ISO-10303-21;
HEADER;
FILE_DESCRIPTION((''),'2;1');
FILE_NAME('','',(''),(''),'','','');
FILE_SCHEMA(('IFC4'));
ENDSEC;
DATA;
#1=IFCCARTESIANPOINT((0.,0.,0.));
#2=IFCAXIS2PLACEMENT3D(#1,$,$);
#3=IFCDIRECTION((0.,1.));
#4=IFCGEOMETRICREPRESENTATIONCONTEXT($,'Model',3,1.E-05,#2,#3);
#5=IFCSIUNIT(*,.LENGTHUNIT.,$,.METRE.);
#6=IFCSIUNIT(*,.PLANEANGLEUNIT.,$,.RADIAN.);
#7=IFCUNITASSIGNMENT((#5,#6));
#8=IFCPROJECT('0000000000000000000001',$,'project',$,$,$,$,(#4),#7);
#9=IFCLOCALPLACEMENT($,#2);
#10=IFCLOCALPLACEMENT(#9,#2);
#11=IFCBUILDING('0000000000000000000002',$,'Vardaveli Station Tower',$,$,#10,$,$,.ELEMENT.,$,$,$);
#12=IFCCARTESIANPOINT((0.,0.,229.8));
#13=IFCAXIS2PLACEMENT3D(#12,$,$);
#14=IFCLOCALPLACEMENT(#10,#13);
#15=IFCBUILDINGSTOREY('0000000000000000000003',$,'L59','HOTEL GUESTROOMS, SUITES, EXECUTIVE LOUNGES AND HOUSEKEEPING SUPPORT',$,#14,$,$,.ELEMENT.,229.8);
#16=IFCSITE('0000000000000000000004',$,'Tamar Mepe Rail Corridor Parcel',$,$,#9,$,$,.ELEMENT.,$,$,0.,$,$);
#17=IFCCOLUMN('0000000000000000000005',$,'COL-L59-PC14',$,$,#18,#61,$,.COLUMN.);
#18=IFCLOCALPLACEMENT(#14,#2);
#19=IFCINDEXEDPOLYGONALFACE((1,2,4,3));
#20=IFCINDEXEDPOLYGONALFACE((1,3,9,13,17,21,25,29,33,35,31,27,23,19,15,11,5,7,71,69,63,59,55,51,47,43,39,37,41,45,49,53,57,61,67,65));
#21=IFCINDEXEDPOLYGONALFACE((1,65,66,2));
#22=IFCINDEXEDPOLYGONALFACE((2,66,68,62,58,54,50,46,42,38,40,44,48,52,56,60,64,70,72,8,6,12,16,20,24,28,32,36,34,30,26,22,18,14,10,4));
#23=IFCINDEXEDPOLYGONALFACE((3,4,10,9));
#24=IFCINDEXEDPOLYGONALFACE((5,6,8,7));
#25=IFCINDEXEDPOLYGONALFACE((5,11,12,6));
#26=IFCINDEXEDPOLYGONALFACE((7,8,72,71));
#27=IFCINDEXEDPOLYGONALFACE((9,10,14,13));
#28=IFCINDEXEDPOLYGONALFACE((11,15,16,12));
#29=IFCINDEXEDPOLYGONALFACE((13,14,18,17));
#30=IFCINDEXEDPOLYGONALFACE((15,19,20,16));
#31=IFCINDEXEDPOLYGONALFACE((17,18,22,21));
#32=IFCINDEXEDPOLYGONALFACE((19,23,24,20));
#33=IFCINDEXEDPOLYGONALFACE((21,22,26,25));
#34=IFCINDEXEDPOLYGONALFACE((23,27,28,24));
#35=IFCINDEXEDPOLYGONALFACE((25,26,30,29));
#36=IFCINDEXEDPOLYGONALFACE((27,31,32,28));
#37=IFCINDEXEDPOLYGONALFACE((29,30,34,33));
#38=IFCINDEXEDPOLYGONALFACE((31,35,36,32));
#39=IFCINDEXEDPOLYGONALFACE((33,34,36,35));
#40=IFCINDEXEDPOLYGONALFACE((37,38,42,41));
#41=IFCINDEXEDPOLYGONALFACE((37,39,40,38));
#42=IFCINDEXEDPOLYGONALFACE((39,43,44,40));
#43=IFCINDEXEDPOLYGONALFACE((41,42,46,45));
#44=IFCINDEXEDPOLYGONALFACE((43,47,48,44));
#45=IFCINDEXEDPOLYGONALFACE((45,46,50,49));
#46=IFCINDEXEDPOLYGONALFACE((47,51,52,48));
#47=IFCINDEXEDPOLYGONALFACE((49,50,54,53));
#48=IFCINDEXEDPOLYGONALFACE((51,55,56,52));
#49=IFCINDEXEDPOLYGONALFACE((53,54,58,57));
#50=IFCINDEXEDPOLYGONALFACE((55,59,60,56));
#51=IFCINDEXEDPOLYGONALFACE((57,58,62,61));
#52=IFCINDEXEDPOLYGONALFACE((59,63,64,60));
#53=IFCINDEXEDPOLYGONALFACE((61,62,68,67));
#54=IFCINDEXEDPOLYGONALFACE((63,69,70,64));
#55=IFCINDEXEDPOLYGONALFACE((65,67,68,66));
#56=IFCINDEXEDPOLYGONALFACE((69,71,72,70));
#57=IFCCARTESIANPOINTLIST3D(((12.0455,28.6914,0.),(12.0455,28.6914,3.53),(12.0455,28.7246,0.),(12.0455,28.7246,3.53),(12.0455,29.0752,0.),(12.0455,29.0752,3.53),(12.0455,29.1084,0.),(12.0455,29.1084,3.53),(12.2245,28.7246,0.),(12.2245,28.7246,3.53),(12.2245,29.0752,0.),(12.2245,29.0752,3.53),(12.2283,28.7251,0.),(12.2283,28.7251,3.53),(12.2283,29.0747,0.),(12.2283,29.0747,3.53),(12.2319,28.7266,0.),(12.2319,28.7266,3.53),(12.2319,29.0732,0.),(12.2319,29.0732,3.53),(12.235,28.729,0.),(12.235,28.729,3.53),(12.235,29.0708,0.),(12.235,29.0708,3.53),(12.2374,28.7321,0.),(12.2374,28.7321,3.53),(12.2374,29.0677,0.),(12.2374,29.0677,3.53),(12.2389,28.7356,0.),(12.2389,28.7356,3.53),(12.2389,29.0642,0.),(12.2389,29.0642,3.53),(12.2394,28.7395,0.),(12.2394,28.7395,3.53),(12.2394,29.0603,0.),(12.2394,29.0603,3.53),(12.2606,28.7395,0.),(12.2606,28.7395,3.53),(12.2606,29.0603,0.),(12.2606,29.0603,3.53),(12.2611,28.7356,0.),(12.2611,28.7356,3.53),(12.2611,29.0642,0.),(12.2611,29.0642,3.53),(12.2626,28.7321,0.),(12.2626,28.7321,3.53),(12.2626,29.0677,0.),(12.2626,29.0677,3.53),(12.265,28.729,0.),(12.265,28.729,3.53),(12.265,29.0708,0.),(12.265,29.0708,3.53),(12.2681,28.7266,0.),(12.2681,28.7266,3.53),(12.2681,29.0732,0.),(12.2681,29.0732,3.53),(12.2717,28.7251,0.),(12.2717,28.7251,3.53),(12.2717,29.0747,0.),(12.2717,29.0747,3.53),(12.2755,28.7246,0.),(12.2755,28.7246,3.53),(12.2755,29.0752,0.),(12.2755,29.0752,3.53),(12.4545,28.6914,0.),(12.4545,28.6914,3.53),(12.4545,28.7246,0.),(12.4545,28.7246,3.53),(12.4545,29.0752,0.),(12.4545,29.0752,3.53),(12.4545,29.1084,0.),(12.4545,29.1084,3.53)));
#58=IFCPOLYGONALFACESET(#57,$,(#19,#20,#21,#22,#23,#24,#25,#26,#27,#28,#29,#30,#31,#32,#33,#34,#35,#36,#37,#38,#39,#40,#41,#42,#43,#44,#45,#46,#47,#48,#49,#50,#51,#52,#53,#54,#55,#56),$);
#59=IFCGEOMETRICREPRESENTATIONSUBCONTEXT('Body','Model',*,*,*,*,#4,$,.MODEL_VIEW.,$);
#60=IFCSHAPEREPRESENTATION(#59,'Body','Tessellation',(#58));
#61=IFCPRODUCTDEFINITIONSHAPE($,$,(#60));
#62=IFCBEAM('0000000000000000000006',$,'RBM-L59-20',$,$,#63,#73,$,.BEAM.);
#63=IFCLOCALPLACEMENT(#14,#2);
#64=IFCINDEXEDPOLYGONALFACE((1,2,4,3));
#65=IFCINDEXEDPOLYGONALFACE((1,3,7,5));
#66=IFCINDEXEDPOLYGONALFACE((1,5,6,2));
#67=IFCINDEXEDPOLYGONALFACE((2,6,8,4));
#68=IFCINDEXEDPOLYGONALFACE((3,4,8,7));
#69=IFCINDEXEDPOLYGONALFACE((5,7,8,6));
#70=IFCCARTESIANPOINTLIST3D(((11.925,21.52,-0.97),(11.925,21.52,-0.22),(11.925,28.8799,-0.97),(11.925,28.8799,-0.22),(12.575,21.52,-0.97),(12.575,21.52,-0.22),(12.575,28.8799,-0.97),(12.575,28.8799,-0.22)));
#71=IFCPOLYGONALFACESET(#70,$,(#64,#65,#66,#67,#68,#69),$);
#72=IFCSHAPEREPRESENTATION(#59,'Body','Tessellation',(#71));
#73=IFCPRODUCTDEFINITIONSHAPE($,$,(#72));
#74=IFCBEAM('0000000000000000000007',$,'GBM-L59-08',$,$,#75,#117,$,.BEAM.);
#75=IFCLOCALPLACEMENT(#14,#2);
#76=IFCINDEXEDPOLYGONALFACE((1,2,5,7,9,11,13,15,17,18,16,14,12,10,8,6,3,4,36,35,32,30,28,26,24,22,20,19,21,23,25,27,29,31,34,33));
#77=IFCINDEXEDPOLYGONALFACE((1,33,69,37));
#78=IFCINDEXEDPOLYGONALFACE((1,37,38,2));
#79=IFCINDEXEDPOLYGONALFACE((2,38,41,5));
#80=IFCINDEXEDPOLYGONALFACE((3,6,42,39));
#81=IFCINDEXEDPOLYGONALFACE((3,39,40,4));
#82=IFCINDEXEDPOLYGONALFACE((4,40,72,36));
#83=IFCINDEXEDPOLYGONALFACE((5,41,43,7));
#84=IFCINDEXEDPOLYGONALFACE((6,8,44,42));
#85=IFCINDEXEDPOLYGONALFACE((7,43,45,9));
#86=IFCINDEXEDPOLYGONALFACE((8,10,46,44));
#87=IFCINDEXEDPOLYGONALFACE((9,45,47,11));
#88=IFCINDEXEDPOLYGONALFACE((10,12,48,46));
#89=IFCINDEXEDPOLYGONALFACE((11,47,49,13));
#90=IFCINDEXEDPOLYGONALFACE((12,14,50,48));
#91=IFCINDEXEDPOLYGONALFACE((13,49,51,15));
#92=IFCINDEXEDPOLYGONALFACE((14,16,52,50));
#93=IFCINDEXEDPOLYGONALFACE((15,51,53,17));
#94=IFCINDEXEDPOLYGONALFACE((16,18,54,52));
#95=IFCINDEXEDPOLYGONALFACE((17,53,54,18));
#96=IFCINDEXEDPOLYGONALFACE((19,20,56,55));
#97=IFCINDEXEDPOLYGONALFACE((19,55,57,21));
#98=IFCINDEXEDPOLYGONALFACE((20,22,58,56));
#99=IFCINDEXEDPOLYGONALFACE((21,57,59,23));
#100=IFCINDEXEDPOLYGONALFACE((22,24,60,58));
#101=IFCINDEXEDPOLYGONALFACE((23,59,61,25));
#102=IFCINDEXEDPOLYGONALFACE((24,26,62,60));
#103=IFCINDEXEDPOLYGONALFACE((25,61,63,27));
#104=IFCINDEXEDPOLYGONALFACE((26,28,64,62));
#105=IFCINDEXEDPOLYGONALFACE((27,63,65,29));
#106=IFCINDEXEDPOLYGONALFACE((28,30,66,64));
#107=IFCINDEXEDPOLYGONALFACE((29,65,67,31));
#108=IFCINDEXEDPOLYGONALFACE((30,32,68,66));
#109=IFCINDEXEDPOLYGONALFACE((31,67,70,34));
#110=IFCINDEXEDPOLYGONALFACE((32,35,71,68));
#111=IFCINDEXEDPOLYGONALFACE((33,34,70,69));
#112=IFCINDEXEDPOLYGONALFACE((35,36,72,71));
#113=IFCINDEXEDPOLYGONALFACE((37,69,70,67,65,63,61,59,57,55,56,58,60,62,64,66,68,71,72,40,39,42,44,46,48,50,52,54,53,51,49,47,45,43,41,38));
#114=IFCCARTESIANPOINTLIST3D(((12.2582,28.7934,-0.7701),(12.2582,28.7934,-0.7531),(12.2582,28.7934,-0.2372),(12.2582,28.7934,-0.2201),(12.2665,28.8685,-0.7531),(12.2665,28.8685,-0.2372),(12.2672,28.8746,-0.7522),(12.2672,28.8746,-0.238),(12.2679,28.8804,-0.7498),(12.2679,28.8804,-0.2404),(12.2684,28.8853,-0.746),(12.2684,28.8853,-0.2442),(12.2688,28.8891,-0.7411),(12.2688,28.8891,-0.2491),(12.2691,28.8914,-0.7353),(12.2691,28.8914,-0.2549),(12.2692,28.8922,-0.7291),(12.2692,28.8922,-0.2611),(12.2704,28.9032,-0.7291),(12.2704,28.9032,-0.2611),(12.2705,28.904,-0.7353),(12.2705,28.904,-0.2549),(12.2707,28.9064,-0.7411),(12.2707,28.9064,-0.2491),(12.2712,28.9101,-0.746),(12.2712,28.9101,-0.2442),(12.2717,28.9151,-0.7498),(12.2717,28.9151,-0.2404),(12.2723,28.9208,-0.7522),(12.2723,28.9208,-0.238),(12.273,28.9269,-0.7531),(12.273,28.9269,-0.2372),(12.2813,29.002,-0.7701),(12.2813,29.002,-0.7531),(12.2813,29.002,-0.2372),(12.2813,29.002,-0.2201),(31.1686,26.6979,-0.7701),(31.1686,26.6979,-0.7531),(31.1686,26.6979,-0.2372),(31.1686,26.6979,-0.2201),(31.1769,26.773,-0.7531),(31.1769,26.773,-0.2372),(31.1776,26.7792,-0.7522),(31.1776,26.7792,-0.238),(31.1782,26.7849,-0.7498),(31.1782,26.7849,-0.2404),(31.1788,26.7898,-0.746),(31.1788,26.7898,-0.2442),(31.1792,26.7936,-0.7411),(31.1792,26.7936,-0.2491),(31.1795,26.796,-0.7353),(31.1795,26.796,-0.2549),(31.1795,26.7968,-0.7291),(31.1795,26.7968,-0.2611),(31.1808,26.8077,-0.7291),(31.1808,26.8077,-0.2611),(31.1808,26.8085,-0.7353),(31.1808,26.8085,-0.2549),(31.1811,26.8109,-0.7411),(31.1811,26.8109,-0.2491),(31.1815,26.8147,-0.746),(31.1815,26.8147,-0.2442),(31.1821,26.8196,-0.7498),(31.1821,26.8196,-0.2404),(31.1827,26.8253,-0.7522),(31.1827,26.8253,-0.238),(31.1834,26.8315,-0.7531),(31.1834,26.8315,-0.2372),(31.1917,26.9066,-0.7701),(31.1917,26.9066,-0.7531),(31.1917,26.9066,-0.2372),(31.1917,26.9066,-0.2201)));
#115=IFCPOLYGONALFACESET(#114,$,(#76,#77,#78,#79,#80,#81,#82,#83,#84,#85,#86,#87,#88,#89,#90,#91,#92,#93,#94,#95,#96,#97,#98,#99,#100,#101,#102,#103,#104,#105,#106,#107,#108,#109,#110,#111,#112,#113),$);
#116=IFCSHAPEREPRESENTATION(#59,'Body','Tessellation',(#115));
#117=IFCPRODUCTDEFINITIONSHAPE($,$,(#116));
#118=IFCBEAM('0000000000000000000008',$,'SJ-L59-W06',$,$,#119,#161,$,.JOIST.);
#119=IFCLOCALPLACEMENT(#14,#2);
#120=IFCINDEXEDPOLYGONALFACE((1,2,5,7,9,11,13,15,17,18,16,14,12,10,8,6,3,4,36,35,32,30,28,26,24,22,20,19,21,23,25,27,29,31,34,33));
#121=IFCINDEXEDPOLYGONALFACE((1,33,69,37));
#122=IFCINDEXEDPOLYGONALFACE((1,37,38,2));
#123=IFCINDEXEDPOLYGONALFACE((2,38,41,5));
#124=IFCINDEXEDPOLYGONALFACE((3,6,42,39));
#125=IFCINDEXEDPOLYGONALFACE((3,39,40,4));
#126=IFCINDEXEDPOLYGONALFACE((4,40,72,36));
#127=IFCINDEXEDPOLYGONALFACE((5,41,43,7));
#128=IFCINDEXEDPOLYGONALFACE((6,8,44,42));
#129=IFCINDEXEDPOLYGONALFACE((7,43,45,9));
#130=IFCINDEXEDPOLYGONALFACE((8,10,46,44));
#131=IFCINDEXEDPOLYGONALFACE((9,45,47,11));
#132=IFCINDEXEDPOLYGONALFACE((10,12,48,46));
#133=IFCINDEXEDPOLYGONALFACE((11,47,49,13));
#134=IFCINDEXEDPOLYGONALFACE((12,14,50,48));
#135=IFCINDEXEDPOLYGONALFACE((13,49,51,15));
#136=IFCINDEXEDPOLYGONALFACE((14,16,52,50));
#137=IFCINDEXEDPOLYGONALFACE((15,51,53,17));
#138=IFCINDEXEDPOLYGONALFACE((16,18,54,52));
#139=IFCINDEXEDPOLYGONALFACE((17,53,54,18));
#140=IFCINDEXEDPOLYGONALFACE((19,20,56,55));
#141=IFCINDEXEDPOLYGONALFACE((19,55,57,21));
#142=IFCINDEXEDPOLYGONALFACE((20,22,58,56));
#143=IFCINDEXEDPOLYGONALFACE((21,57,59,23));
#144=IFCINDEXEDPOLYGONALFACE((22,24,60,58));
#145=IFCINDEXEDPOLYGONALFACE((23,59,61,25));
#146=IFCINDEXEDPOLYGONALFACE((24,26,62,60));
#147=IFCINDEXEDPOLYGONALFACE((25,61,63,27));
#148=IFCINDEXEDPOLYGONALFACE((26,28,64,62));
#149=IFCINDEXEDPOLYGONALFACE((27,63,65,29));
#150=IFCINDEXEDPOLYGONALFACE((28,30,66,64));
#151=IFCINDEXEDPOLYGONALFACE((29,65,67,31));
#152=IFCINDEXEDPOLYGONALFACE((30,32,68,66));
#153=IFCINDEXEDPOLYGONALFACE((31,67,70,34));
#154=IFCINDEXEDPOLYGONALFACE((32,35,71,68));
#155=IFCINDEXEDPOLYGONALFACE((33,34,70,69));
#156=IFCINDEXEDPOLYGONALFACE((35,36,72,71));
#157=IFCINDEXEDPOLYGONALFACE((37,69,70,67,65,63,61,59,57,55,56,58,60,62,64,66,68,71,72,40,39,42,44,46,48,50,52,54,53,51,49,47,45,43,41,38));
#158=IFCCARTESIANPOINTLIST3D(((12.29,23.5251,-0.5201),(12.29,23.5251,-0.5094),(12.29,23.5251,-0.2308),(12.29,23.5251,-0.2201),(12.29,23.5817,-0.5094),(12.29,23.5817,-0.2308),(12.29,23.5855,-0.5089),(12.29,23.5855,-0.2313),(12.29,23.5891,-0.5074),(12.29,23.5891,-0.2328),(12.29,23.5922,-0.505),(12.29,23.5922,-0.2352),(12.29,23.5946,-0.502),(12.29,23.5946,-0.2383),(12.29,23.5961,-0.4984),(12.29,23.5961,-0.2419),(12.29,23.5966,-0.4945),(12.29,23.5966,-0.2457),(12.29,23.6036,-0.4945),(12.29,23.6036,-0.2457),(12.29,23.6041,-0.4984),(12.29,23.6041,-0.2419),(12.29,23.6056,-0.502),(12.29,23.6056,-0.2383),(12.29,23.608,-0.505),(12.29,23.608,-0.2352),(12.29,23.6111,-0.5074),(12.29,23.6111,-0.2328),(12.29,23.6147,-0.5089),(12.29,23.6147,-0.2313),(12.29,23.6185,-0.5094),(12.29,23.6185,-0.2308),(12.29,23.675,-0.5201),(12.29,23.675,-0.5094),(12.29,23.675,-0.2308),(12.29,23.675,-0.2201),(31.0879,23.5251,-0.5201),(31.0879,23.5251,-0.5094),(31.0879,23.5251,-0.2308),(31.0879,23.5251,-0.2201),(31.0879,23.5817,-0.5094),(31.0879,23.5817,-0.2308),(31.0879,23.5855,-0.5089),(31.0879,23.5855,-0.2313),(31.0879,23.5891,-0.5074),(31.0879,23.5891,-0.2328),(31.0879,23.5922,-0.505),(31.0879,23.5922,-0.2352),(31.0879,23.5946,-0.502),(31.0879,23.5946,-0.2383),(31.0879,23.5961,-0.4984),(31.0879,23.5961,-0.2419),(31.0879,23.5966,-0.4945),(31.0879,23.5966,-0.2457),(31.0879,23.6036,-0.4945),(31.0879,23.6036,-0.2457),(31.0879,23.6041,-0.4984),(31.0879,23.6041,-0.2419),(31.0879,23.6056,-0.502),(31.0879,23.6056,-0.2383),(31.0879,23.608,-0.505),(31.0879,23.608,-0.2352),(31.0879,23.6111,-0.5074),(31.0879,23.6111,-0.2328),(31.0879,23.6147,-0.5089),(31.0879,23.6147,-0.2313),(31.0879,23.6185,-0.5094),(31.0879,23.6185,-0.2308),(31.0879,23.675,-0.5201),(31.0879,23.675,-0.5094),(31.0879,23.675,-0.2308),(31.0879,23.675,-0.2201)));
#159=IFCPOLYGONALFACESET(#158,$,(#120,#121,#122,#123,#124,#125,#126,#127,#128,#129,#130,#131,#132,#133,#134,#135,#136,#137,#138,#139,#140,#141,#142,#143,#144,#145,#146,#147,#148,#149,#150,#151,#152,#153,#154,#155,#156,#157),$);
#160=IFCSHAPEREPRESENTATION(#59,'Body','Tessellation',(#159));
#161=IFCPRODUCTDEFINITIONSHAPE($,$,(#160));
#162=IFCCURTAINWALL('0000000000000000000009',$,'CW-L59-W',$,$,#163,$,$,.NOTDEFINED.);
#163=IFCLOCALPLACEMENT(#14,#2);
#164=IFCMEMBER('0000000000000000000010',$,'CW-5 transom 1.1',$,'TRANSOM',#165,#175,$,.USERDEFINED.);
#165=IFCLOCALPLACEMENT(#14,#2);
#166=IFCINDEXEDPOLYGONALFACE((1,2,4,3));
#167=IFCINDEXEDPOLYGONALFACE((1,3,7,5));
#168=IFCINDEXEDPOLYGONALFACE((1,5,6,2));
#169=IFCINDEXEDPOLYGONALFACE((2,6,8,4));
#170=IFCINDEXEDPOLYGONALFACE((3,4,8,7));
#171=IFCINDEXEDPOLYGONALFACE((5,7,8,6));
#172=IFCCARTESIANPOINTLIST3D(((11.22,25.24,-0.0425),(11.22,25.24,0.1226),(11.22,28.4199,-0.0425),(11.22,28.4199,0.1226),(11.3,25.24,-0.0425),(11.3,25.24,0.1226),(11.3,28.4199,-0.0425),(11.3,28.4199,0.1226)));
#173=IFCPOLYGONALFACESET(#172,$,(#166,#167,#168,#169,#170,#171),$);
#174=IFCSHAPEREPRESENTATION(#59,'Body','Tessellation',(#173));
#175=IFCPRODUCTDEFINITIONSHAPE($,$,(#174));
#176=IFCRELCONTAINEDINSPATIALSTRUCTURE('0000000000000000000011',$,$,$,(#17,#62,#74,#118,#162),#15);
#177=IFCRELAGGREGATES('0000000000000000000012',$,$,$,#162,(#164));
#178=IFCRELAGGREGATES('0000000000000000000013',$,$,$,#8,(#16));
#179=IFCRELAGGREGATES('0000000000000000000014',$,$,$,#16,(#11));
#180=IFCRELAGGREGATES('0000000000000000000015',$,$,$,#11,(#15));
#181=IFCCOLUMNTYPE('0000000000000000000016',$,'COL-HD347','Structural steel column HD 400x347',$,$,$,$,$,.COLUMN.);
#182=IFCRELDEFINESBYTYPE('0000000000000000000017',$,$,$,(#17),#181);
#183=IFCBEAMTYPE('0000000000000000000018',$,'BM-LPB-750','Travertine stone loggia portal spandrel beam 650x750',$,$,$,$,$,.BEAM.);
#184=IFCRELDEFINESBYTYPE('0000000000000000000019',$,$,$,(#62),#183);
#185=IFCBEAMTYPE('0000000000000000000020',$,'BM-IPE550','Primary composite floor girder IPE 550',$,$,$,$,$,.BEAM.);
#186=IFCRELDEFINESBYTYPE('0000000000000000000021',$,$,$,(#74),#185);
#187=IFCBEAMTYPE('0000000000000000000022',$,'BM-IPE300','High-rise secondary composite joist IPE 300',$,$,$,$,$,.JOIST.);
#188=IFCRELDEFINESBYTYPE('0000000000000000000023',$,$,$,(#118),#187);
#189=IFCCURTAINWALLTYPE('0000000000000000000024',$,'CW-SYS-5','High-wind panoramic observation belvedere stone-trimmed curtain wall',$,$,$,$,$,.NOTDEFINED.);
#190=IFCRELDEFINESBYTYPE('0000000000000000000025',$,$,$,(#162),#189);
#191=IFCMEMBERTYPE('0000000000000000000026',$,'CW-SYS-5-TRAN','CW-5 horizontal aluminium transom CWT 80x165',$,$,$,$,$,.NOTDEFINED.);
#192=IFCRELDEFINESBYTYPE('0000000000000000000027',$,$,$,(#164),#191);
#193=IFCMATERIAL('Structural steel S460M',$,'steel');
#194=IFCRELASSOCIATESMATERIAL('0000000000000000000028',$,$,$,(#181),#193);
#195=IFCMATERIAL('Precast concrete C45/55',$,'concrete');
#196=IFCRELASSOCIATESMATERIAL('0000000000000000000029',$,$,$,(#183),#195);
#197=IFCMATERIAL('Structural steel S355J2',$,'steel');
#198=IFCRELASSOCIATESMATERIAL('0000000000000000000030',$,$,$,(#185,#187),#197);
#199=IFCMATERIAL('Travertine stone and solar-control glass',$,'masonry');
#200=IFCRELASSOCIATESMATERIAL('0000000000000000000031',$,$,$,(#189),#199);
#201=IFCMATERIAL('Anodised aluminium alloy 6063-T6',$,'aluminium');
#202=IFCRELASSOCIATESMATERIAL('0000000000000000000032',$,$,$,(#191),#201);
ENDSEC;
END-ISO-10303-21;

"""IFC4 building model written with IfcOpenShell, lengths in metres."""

from ifc_helpers import new_model, si_unit, direction, frame, origin, origin_2d, place, context, subcontext, project, spatial, rectangle, i_section, extrude, source, transform, mapped, material, material_profile, profile_set, type_object, element, aggregate, save


model = new_model("IFC4")

# Units and contexts
model_context = context("Model", 3, precision=1e-05, world=origin(), true_north=direction((0.0, 1.0)))
body_context = subcontext(model_context, "Body", "Model", "MODEL_VIEW")
ifc_project = project(units=[si_unit("LENGTHUNIT", "METRE"), si_unit("PLANEANGLEUNIT", "RADIAN")], contexts=[model_context])

# Site, building, storey
site_placement = place(None, origin())
site = spatial("IfcSite", under=ifc_project, at=site_placement, Name="Tamar Mepe Rail Corridor Parcel", CompositionType="ELEMENT", RefElevation=0.0)
building_placement = place(site_placement, origin())
building = spatial("IfcBuilding", under=site, at=building_placement, Name="Vardaveli Station Tower", CompositionType="ELEMENT")
storey_placement = place(building_placement, frame((0.0, 0.0, 229.8)))
storey = spatial("IfcBuildingStorey", under=building, at=storey_placement, Name="L59", Description="HOTEL GUESTROOMS, SUITES, EXECUTIVE LOUNGES AND HOUSEKEEPING SUPPORT", CompositionType="ELEMENT", Elevation=229.8)

# Column
ifc_material_1 = material(Name="Structural steel S460M", Category="steel")
ifc_material_profile_1 = material_profile(ifc_material_1, i_section(OverallWidth=0.4089, OverallDepth=0.417, WebThickness=0.0212, FlangeThickness=0.0332, FilletRadius=0.0149, at=origin_2d()), Name="HD 400x347")
ifc_profile_set_1 = profile_set([ifc_material_profile_1], Name="Structural steel S460M")
column_type = type_object("IfcColumnType", Name="COL-HD347", Description="Structural steel column HD 400x347", PredefinedType="COLUMN", material=ifc_profile_set_1)
shared_shape_1 = source(origin(), body_context, "Body", "SweptSolid", [
    extrude(i_section(OverallWidth=0.4089, OverallDepth=0.417, WebThickness=0.0212, FlangeThickness=0.0332, FilletRadius=0.0149, at=origin_2d()), origin(), (0.0, 0.0, 1.0), 3.53),
])
column_placement = place(storey_placement, frame((12.25, 28.8999, 0.0), z_axis=(0.0, 0.0, 1.0), x_axis=(1.0, 0.0, 0.0)))
element("IfcColumn", 1, at=column_placement, inside=storey, type_object=column_type, Name="COL-L59-PC14", PredefinedType="COLUMN", context=body_context, shape_type="MappedRepresentation", body=[
    mapped(shared_shape_1, transform((0.0, 0.0, 0.0), scale=1.0)),
])

# Beams
ifc_material_2 = material(Name="Precast concrete C45/55", Category="concrete")
ifc_material_profile_2 = material_profile(ifc_material_2, rectangle(XDim=0.6499, YDim=0.75, at=origin_2d()), Name="LPB 650x750")
ifc_profile_set_2 = profile_set([ifc_material_profile_2], Name="Precast concrete C45/55")
beam_type_1 = type_object("IfcBeamType", Name="BM-LPB-750", Description="Travertine stone loggia portal spandrel beam 650x750", PredefinedType="BEAM", material=ifc_profile_set_2)
shared_shape_2 = source(origin(), body_context, "Body", "SweptSolid", [
    extrude(rectangle(XDim=0.6499, YDim=0.75, at=origin_2d()), origin(), (0.0, 0.0, 1.0), 7.3599),
])
beam_1_placement = place(storey_placement, frame((12.25, 28.8799, -0.595), z_axis=(0.0, -1.0, 0.0), x_axis=(1.0, 0.0, 0.0)))
element("IfcBeam", 2, at=beam_1_placement, inside=storey, type_object=beam_type_1, Name="RBM-L59-20", PredefinedType="BEAM", context=body_context, shape_type="MappedRepresentation", body=[
    mapped(shared_shape_2, transform((0.0, 0.0, 0.0), scale=1.0)),
])
ifc_material_3 = material(Name="Structural steel S355J2", Category="steel")
ifc_material_profile_3 = material_profile(ifc_material_3, i_section(OverallWidth=0.21, OverallDepth=0.55, WebThickness=0.011, FlangeThickness=0.0171, FilletRadius=0.0239, at=origin_2d()), Name="IPE 550")
ifc_profile_set_3 = profile_set([ifc_material_profile_3], Name="Structural steel S355J2")
beam_type_2 = type_object("IfcBeamType", Name="BM-IPE550", Description="Primary composite floor girder IPE 550", PredefinedType="BEAM", material=ifc_profile_set_3)
shared_shape_3 = source(origin(), body_context, "Body", "SweptSolid", [
    extrude(i_section(OverallWidth=0.21, OverallDepth=0.55, WebThickness=0.011, FlangeThickness=0.0171, FilletRadius=0.0239, at=origin_2d()), origin(), (0.0, 0.0, 1.0), 19.0261),
])
beam_2_placement = place(storey_placement, frame((12.2698, 28.8977, -0.4951), z_axis=(0.993917, -0.110136, 0.0), x_axis=(0.110136, 0.993917, 0.0)))
element("IfcBeam", 3, at=beam_2_placement, inside=storey, type_object=beam_type_2, Name="GBM-L59-08", PredefinedType="BEAM", context=body_context, shape_type="MappedRepresentation", body=[
    mapped(shared_shape_3, transform((0.0, 0.0, 0.0), scale=1.0)),
])
ifc_material_profile_4 = material_profile(ifc_material_3, i_section(OverallWidth=0.1499, OverallDepth=0.3, WebThickness=0.0071, FlangeThickness=0.0107, FilletRadius=0.0149, at=origin_2d()), Name="IPE 300")
ifc_profile_set_4 = profile_set([ifc_material_profile_4], Name="Structural steel S355J2")
beam_type_3 = type_object("IfcBeamType", Name="BM-IPE300", Description="High-rise secondary composite joist IPE 300", PredefinedType="JOIST", material=ifc_profile_set_4)
shared_shape_4 = source(origin(), body_context, "Body", "SweptSolid", [
    extrude(i_section(OverallWidth=0.1499, OverallDepth=0.3, WebThickness=0.0071, FlangeThickness=0.0107, FilletRadius=0.0149, at=origin_2d()), origin(), (0.0, 0.0, 1.0), 18.7979),
])
beam_3_placement = place(storey_placement, frame((12.29, 23.6001, -0.3701), z_axis=(1.0, 0.0, 0.0), x_axis=(0.0, 1.0, 0.0)))
element("IfcBeam", 4, at=beam_3_placement, inside=storey, type_object=beam_type_3, Name="SJ-L59-W06", PredefinedType="JOIST", context=body_context, shape_type="MappedRepresentation", body=[
    mapped(shared_shape_4, transform((0.0, 0.0, 0.0), scale=1.0)),
])

# Curtain wall, member
ifc_material_4 = material(Name="Travertine stone and solar-control glass", Category="masonry")
curtain_wall_type = type_object("IfcCurtainWallType", Name="CW-SYS-5", Description="High-wind panoramic observation belvedere stone-trimmed curtain wall", PredefinedType="NOTDEFINED", material=ifc_material_4)
curtain_wall_placement = place(storey_placement, origin())
curtain_wall = element("IfcCurtainWall", 5, at=curtain_wall_placement, inside=storey, type_object=curtain_wall_type, Name="CW-L59-W", PredefinedType="NOTDEFINED")
ifc_material_5 = material(Name="Anodised aluminium alloy 6063-T6", Category="aluminium")
ifc_material_profile_5 = material_profile(ifc_material_5, rectangle(XDim=0.0801, YDim=0.165, at=origin_2d()), Name="CWT 80x165")
ifc_profile_set_5 = profile_set([ifc_material_profile_5], Name="Anodised aluminium alloy 6063-T6")
member_type_1 = type_object("IfcMemberType", Name="CW-SYS-5-TRAN", Description="CW-5 horizontal aluminium transom CWT 80x165", PredefinedType="NOTDEFINED", material=ifc_profile_set_5)
shared_shape_5 = source(origin(), body_context, "Body", "SweptSolid", [
    extrude(rectangle(XDim=0.0801, YDim=0.165, at=origin_2d()), origin(), (0.0, 0.0, 1.0), 3.1799),
])
member_1_placement = place(storey_placement, frame((11.26, 28.4199, 0.04), z_axis=(0.0, -1.0, 0.0), x_axis=(1.0, 0.0, 0.0)))
member_1 = element("IfcMember", 6, at=member_1_placement, type_object=member_type_1, Name="CW-5 transom 1.1", ObjectType="TRANSOM", PredefinedType="USERDEFINED", context=body_context, shape_type="MappedRepresentation", body=[
    mapped(shared_shape_5, transform((0.0, 0.0, 0.0), scale=1.0)),
])
aggregate(curtain_wall, [member_1])

save(model, "model.ifc")
